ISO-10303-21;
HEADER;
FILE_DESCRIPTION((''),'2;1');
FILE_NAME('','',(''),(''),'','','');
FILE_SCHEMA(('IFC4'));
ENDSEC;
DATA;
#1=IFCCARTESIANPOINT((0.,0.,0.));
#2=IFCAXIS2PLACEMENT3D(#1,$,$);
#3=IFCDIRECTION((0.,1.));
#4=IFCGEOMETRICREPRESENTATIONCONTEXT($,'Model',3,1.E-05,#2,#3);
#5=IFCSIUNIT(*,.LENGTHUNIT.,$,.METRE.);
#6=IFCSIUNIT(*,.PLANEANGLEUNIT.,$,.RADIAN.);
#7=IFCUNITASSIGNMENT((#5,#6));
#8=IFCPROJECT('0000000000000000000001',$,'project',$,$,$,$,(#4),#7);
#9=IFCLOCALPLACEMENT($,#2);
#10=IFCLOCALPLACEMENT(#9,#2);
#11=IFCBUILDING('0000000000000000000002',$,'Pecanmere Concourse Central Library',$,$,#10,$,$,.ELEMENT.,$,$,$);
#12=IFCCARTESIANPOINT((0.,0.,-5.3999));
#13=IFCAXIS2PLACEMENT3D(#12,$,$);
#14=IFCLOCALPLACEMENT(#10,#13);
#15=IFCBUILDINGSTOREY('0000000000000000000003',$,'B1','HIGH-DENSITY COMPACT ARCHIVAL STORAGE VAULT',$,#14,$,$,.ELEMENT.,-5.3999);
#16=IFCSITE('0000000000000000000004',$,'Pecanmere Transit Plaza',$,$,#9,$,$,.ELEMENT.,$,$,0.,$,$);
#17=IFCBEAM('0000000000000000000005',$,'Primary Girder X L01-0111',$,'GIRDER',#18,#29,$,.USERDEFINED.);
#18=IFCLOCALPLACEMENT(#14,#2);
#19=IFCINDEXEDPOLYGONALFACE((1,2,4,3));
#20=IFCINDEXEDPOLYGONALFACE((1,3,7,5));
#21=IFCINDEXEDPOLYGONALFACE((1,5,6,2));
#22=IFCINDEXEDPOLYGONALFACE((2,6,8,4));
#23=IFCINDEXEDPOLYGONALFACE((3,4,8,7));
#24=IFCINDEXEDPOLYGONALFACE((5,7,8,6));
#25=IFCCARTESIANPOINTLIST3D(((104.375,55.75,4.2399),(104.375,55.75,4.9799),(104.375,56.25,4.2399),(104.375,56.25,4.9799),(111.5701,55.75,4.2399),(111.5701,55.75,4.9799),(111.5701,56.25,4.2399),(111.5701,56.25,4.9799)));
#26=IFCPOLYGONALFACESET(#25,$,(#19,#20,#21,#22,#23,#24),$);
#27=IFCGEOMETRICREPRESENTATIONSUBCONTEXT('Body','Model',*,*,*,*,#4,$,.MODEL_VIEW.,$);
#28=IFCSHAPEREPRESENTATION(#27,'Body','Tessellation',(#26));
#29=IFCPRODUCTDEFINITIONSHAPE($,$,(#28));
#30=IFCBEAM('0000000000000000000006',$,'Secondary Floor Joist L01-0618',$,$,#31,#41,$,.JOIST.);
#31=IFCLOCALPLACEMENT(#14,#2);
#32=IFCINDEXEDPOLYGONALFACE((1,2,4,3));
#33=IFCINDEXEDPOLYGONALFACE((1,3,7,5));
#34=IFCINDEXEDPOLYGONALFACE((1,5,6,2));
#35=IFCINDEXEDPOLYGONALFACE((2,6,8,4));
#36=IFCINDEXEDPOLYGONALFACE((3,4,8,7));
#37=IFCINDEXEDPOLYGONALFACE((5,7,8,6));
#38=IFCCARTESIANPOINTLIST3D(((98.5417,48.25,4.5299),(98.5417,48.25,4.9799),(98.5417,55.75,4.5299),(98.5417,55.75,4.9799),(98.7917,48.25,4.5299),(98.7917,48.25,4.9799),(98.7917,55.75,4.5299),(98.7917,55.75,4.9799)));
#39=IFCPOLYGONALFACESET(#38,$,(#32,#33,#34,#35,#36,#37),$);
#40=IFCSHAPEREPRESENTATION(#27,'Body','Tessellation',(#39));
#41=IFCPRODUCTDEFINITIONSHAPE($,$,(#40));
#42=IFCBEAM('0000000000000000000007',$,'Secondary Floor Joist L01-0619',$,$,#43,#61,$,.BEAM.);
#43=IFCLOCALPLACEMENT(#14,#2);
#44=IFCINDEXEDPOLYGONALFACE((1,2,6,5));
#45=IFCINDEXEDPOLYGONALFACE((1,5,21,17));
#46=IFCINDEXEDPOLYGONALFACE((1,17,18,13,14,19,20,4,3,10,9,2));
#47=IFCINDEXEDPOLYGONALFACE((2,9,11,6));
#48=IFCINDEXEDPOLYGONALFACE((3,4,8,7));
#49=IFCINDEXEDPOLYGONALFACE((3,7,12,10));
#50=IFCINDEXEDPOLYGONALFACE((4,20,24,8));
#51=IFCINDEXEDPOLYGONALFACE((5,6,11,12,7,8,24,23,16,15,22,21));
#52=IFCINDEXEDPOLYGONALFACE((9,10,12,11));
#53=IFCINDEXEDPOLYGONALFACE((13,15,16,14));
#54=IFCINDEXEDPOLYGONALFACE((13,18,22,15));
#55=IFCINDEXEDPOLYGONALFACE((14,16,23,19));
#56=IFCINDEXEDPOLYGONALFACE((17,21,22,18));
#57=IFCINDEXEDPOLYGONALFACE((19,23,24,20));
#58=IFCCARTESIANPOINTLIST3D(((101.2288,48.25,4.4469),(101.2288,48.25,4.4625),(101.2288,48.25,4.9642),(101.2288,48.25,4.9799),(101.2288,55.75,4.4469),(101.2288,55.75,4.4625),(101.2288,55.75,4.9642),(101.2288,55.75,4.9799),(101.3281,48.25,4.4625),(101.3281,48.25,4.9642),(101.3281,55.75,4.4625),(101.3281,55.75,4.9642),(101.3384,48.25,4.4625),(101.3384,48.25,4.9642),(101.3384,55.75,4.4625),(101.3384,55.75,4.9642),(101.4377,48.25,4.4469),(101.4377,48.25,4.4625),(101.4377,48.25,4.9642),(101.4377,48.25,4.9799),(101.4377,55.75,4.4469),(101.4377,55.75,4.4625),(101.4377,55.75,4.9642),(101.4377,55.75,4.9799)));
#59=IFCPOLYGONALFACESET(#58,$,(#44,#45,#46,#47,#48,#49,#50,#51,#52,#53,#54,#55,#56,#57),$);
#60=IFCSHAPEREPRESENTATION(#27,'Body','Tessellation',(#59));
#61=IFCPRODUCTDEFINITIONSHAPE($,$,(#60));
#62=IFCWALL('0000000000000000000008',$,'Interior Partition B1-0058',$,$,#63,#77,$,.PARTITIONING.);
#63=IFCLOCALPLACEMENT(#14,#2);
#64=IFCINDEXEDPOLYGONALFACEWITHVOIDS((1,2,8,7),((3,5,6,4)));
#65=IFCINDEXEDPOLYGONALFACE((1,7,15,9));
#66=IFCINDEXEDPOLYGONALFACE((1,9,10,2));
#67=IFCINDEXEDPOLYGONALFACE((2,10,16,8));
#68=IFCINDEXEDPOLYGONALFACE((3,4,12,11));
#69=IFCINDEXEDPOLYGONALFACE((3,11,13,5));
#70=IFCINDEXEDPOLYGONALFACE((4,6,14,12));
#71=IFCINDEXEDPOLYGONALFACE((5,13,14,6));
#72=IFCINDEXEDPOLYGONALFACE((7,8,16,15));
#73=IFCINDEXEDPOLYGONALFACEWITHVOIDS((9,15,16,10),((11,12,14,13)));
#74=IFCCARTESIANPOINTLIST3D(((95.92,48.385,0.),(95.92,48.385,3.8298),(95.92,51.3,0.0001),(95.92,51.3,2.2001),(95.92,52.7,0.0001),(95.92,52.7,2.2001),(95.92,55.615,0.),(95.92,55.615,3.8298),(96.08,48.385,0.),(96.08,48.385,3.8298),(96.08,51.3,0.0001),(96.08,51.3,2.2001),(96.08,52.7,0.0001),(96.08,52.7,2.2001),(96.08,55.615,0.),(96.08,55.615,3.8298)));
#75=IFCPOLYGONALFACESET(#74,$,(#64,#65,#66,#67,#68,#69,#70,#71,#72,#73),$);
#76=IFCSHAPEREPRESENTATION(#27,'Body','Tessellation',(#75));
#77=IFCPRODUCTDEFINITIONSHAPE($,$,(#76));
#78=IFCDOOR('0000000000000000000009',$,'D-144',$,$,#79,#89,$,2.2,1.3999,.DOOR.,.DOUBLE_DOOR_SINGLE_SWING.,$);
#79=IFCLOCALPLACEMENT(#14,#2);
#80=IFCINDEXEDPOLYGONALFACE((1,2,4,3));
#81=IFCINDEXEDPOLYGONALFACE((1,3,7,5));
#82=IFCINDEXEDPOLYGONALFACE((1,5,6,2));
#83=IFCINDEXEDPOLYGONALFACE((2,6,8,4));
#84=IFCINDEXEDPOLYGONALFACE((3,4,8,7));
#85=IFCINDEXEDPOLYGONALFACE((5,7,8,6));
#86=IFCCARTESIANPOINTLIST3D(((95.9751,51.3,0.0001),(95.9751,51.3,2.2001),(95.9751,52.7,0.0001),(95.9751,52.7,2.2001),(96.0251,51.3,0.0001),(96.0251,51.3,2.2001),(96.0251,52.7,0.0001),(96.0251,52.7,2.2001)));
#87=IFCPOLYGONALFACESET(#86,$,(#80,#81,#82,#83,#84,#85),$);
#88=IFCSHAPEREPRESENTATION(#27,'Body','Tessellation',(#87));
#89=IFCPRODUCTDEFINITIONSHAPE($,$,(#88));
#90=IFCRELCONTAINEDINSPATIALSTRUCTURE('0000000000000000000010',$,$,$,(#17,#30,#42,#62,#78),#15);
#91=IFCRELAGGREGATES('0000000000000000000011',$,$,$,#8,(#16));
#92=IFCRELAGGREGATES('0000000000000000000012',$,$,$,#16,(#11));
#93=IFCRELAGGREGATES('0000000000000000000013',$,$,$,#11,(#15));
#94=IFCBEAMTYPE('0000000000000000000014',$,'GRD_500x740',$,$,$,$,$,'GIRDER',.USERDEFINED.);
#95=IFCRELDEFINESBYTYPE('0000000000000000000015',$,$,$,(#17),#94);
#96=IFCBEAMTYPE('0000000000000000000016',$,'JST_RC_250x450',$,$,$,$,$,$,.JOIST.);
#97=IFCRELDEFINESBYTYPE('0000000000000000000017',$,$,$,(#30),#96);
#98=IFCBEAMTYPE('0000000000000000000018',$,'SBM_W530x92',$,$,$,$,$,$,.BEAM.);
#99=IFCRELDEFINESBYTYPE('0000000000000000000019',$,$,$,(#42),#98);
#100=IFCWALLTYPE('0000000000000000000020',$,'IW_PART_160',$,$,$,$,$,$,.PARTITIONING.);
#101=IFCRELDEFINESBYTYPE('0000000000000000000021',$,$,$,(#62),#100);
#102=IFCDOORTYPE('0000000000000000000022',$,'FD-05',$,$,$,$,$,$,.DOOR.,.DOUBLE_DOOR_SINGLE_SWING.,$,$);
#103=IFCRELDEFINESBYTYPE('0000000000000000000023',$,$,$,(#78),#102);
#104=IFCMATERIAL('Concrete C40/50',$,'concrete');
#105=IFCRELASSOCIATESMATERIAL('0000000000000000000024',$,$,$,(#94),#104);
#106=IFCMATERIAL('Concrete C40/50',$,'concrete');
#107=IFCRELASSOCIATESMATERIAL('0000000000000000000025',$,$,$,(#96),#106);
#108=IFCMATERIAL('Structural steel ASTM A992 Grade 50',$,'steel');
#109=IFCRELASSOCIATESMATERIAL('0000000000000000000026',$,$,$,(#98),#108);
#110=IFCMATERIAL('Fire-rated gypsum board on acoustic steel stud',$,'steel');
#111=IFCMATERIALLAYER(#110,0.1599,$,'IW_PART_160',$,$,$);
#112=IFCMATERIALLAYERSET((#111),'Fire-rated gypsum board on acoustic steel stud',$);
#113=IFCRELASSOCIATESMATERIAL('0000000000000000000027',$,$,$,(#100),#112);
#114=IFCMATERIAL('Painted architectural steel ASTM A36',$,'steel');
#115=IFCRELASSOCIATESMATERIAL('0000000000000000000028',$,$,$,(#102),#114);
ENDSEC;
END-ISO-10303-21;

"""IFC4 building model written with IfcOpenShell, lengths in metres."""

from ifc_helpers import new_model, si_unit, direction, frame, frame_2d, origin, origin_2d, place, context, subcontext, project, spatial, rectangle, i_section, extrude, material, layer, layer_set, material_profile, profile_set, type_object, element, fill, save


model = new_model("IFC4")

# Units and contexts
model_context = context("Model", 3, precision=1e-05, world=origin(), true_north=direction((0.0, 1.0)))
body_context = subcontext(model_context, "Body", "Model", "MODEL_VIEW")
ifc_project = project(units=[si_unit("LENGTHUNIT", "METRE"), si_unit("PLANEANGLEUNIT", "RADIAN")], contexts=[model_context])

# Site, building, storey
site_placement = place(None, origin())
site = spatial("IfcSite", under=ifc_project, at=site_placement, Name="Pecanmere Transit Plaza", CompositionType="ELEMENT", RefElevation=0.0)
building_placement = place(site_placement, origin())
building = spatial("IfcBuilding", under=site, at=building_placement, Name="Pecanmere Concourse Central Library", CompositionType="ELEMENT")
storey_placement = place(building_placement, frame((0.0, 0.0, -5.3999)))
storey = spatial("IfcBuildingStorey", under=building, at=storey_placement, Name="B1", Description="HIGH-DENSITY COMPACT ARCHIVAL STORAGE VAULT", CompositionType="ELEMENT", Elevation=-5.3999)

# Beams
ifc_material_1 = material(Name="Concrete C40/50", Category="concrete")
ifc_material_profile_1 = material_profile(ifc_material_1, rectangle(XDim=0.5, YDim=0.74, at=origin_2d()), Name="RC 500x740")
ifc_profile_set_1 = profile_set([ifc_material_profile_1], Name="Concrete C40/50")
beam_type_1 = type_object("IfcBeamType", Name="GRD_500x740", ElementType="GIRDER", PredefinedType="USERDEFINED", material=ifc_profile_set_1)
beam_1_placement = place(storey_placement, frame((104.375, 56.0, 4.6099), z_axis=(1.0, 0.0, 0.0), x_axis=(0.0, 1.0, 0.0)))
element("IfcBeam", 1, at=beam_1_placement, inside=storey, type_object=beam_type_1, Name="Primary Girder X L01-0111", ObjectType="GIRDER", PredefinedType="USERDEFINED", context=body_context, shape_type="SweptSolid", body=[
    extrude(rectangle(XDim=0.5, YDim=0.74, at=origin_2d()), origin(), (0.0, 0.0, 1.0), 7.1951),
])
ifc_material_2 = material(Name="Concrete C40/50", Category="concrete")
ifc_material_profile_2 = material_profile(ifc_material_2, rectangle(XDim=0.25, YDim=0.45, at=origin_2d()), Name="RC 250x450")
ifc_profile_set_2 = profile_set([ifc_material_profile_2], Name="Concrete C40/50")
beam_type_2 = type_object("IfcBeamType", Name="JST_RC_250x450", PredefinedType="JOIST", material=ifc_profile_set_2)
beam_2_placement = place(storey_placement, frame((98.6667, 48.25, 4.7549), z_axis=(0.0, 1.0, 0.0), x_axis=(-1.0, 0.0, 0.0)))
element("IfcBeam", 2, at=beam_2_placement, inside=storey, type_object=beam_type_2, Name="Secondary Floor Joist L01-0618", PredefinedType="JOIST", context=body_context, shape_type="SweptSolid", body=[
    extrude(rectangle(XDim=0.25, YDim=0.45, at=origin_2d()), origin(), (0.0, 0.0, 1.0), 7.5),
])
ifc_material_3 = material(Name="Structural steel ASTM A992 Grade 50", Category="steel")
ifc_material_profile_3 = material_profile(ifc_material_3, i_section(OverallWidth=0.209, OverallDepth=0.533, WebThickness=0.0103, FlangeThickness=0.0156, at=origin_2d()), Name="W530x92")
ifc_profile_set_3 = profile_set([ifc_material_profile_3], Name="Structural steel ASTM A992 Grade 50")
beam_type_3 = type_object("IfcBeamType", Name="SBM_W530x92", PredefinedType="BEAM", material=ifc_profile_set_3)
beam_3_placement = place(storey_placement, frame((101.3333, 48.25, 4.7134), z_axis=(0.0, 1.0, 0.0), x_axis=(-1.0, 0.0, 0.0)))
element("IfcBeam", 3, at=beam_3_placement, inside=storey, type_object=beam_type_3, Name="Secondary Floor Joist L01-0619", PredefinedType="BEAM", context=body_context, shape_type="SweptSolid", body=[
    extrude(i_section(OverallWidth=0.209, OverallDepth=0.533, WebThickness=0.0103, FlangeThickness=0.0156, at=origin_2d()), origin(), (0.0, 0.0, 1.0), 7.5),
])

# Wall, opening, door
ifc_material_4 = material(Name="Fire-rated gypsum board on acoustic steel stud", Category="steel")
ifc_layer = layer(ifc_material_4, 0.1599, Name="IW_PART_160")
ifc_layer_set = layer_set([ifc_layer], Name="Fire-rated gypsum board on acoustic steel stud")
wall_type = type_object("IfcWallType", Name="IW_PART_160", PredefinedType="PARTITIONING", material=ifc_layer_set)
wall_placement = place(storey_placement, frame((96.0, 48.385, 0.0), z_axis=(0.0, 0.0, 1.0), x_axis=(0.0, 1.0, 0.0)))
wall = element("IfcWall", 4, at=wall_placement, inside=storey, type_object=wall_type, Name="Interior Partition B1-0058", PredefinedType="PARTITIONING", context=body_context, shape_type="SweptSolid", body=[
    extrude(rectangle(XDim=7.23, YDim=0.1599, at=frame_2d((3.615, 0.0))), origin(), (0.0, 0.0, 1.0), 3.8298),
])
opening_placement = place(wall_placement, frame((2.915, 0.0, 0.0)))
opening = element("IfcOpeningElement", 5, at=opening_placement, cuts=wall, PredefinedType="OPENING", context=body_context, shape_type="SweptSolid", body=[
    extrude(rectangle(XDim=1.3999, YDim=2.2, at=frame_2d((0.7, 1.1001))), frame((0.0, 0.0918, 0.0), z_axis=(0.0, -1.0, 0.0), x_axis=(1.0, 0.0, 0.0)), (0.0, 0.0, 1.0), 0.1838),
])
ifc_material_5 = material(Name="Painted architectural steel ASTM A36", Category="steel")
door_type = type_object("IfcDoorType", Name="FD-05", OperationType="DOUBLE_DOOR_SINGLE_SWING", PredefinedType="DOOR", material=ifc_material_5)
door_placement = place(opening_placement, origin())
door = element("IfcDoor", 6, at=door_placement, inside=storey, type_object=door_type, Name="D-144", OperationType="DOUBLE_DOOR_SINGLE_SWING", OverallHeight=2.2, OverallWidth=1.3999, PredefinedType="DOOR", context=body_context, shape_type="SweptSolid", body=[
    extrude(rectangle(XDim=1.3999, YDim=2.2, at=frame_2d((0.7, 1.1001))), frame((0.0, 0.0249, 0.0), z_axis=(0.0, -1.0, 0.0), x_axis=(1.0, 0.0, 0.0)), (0.0, 0.0, 1.0), 0.05),
])
fill(opening, door)

save(model, "model.ifc")
